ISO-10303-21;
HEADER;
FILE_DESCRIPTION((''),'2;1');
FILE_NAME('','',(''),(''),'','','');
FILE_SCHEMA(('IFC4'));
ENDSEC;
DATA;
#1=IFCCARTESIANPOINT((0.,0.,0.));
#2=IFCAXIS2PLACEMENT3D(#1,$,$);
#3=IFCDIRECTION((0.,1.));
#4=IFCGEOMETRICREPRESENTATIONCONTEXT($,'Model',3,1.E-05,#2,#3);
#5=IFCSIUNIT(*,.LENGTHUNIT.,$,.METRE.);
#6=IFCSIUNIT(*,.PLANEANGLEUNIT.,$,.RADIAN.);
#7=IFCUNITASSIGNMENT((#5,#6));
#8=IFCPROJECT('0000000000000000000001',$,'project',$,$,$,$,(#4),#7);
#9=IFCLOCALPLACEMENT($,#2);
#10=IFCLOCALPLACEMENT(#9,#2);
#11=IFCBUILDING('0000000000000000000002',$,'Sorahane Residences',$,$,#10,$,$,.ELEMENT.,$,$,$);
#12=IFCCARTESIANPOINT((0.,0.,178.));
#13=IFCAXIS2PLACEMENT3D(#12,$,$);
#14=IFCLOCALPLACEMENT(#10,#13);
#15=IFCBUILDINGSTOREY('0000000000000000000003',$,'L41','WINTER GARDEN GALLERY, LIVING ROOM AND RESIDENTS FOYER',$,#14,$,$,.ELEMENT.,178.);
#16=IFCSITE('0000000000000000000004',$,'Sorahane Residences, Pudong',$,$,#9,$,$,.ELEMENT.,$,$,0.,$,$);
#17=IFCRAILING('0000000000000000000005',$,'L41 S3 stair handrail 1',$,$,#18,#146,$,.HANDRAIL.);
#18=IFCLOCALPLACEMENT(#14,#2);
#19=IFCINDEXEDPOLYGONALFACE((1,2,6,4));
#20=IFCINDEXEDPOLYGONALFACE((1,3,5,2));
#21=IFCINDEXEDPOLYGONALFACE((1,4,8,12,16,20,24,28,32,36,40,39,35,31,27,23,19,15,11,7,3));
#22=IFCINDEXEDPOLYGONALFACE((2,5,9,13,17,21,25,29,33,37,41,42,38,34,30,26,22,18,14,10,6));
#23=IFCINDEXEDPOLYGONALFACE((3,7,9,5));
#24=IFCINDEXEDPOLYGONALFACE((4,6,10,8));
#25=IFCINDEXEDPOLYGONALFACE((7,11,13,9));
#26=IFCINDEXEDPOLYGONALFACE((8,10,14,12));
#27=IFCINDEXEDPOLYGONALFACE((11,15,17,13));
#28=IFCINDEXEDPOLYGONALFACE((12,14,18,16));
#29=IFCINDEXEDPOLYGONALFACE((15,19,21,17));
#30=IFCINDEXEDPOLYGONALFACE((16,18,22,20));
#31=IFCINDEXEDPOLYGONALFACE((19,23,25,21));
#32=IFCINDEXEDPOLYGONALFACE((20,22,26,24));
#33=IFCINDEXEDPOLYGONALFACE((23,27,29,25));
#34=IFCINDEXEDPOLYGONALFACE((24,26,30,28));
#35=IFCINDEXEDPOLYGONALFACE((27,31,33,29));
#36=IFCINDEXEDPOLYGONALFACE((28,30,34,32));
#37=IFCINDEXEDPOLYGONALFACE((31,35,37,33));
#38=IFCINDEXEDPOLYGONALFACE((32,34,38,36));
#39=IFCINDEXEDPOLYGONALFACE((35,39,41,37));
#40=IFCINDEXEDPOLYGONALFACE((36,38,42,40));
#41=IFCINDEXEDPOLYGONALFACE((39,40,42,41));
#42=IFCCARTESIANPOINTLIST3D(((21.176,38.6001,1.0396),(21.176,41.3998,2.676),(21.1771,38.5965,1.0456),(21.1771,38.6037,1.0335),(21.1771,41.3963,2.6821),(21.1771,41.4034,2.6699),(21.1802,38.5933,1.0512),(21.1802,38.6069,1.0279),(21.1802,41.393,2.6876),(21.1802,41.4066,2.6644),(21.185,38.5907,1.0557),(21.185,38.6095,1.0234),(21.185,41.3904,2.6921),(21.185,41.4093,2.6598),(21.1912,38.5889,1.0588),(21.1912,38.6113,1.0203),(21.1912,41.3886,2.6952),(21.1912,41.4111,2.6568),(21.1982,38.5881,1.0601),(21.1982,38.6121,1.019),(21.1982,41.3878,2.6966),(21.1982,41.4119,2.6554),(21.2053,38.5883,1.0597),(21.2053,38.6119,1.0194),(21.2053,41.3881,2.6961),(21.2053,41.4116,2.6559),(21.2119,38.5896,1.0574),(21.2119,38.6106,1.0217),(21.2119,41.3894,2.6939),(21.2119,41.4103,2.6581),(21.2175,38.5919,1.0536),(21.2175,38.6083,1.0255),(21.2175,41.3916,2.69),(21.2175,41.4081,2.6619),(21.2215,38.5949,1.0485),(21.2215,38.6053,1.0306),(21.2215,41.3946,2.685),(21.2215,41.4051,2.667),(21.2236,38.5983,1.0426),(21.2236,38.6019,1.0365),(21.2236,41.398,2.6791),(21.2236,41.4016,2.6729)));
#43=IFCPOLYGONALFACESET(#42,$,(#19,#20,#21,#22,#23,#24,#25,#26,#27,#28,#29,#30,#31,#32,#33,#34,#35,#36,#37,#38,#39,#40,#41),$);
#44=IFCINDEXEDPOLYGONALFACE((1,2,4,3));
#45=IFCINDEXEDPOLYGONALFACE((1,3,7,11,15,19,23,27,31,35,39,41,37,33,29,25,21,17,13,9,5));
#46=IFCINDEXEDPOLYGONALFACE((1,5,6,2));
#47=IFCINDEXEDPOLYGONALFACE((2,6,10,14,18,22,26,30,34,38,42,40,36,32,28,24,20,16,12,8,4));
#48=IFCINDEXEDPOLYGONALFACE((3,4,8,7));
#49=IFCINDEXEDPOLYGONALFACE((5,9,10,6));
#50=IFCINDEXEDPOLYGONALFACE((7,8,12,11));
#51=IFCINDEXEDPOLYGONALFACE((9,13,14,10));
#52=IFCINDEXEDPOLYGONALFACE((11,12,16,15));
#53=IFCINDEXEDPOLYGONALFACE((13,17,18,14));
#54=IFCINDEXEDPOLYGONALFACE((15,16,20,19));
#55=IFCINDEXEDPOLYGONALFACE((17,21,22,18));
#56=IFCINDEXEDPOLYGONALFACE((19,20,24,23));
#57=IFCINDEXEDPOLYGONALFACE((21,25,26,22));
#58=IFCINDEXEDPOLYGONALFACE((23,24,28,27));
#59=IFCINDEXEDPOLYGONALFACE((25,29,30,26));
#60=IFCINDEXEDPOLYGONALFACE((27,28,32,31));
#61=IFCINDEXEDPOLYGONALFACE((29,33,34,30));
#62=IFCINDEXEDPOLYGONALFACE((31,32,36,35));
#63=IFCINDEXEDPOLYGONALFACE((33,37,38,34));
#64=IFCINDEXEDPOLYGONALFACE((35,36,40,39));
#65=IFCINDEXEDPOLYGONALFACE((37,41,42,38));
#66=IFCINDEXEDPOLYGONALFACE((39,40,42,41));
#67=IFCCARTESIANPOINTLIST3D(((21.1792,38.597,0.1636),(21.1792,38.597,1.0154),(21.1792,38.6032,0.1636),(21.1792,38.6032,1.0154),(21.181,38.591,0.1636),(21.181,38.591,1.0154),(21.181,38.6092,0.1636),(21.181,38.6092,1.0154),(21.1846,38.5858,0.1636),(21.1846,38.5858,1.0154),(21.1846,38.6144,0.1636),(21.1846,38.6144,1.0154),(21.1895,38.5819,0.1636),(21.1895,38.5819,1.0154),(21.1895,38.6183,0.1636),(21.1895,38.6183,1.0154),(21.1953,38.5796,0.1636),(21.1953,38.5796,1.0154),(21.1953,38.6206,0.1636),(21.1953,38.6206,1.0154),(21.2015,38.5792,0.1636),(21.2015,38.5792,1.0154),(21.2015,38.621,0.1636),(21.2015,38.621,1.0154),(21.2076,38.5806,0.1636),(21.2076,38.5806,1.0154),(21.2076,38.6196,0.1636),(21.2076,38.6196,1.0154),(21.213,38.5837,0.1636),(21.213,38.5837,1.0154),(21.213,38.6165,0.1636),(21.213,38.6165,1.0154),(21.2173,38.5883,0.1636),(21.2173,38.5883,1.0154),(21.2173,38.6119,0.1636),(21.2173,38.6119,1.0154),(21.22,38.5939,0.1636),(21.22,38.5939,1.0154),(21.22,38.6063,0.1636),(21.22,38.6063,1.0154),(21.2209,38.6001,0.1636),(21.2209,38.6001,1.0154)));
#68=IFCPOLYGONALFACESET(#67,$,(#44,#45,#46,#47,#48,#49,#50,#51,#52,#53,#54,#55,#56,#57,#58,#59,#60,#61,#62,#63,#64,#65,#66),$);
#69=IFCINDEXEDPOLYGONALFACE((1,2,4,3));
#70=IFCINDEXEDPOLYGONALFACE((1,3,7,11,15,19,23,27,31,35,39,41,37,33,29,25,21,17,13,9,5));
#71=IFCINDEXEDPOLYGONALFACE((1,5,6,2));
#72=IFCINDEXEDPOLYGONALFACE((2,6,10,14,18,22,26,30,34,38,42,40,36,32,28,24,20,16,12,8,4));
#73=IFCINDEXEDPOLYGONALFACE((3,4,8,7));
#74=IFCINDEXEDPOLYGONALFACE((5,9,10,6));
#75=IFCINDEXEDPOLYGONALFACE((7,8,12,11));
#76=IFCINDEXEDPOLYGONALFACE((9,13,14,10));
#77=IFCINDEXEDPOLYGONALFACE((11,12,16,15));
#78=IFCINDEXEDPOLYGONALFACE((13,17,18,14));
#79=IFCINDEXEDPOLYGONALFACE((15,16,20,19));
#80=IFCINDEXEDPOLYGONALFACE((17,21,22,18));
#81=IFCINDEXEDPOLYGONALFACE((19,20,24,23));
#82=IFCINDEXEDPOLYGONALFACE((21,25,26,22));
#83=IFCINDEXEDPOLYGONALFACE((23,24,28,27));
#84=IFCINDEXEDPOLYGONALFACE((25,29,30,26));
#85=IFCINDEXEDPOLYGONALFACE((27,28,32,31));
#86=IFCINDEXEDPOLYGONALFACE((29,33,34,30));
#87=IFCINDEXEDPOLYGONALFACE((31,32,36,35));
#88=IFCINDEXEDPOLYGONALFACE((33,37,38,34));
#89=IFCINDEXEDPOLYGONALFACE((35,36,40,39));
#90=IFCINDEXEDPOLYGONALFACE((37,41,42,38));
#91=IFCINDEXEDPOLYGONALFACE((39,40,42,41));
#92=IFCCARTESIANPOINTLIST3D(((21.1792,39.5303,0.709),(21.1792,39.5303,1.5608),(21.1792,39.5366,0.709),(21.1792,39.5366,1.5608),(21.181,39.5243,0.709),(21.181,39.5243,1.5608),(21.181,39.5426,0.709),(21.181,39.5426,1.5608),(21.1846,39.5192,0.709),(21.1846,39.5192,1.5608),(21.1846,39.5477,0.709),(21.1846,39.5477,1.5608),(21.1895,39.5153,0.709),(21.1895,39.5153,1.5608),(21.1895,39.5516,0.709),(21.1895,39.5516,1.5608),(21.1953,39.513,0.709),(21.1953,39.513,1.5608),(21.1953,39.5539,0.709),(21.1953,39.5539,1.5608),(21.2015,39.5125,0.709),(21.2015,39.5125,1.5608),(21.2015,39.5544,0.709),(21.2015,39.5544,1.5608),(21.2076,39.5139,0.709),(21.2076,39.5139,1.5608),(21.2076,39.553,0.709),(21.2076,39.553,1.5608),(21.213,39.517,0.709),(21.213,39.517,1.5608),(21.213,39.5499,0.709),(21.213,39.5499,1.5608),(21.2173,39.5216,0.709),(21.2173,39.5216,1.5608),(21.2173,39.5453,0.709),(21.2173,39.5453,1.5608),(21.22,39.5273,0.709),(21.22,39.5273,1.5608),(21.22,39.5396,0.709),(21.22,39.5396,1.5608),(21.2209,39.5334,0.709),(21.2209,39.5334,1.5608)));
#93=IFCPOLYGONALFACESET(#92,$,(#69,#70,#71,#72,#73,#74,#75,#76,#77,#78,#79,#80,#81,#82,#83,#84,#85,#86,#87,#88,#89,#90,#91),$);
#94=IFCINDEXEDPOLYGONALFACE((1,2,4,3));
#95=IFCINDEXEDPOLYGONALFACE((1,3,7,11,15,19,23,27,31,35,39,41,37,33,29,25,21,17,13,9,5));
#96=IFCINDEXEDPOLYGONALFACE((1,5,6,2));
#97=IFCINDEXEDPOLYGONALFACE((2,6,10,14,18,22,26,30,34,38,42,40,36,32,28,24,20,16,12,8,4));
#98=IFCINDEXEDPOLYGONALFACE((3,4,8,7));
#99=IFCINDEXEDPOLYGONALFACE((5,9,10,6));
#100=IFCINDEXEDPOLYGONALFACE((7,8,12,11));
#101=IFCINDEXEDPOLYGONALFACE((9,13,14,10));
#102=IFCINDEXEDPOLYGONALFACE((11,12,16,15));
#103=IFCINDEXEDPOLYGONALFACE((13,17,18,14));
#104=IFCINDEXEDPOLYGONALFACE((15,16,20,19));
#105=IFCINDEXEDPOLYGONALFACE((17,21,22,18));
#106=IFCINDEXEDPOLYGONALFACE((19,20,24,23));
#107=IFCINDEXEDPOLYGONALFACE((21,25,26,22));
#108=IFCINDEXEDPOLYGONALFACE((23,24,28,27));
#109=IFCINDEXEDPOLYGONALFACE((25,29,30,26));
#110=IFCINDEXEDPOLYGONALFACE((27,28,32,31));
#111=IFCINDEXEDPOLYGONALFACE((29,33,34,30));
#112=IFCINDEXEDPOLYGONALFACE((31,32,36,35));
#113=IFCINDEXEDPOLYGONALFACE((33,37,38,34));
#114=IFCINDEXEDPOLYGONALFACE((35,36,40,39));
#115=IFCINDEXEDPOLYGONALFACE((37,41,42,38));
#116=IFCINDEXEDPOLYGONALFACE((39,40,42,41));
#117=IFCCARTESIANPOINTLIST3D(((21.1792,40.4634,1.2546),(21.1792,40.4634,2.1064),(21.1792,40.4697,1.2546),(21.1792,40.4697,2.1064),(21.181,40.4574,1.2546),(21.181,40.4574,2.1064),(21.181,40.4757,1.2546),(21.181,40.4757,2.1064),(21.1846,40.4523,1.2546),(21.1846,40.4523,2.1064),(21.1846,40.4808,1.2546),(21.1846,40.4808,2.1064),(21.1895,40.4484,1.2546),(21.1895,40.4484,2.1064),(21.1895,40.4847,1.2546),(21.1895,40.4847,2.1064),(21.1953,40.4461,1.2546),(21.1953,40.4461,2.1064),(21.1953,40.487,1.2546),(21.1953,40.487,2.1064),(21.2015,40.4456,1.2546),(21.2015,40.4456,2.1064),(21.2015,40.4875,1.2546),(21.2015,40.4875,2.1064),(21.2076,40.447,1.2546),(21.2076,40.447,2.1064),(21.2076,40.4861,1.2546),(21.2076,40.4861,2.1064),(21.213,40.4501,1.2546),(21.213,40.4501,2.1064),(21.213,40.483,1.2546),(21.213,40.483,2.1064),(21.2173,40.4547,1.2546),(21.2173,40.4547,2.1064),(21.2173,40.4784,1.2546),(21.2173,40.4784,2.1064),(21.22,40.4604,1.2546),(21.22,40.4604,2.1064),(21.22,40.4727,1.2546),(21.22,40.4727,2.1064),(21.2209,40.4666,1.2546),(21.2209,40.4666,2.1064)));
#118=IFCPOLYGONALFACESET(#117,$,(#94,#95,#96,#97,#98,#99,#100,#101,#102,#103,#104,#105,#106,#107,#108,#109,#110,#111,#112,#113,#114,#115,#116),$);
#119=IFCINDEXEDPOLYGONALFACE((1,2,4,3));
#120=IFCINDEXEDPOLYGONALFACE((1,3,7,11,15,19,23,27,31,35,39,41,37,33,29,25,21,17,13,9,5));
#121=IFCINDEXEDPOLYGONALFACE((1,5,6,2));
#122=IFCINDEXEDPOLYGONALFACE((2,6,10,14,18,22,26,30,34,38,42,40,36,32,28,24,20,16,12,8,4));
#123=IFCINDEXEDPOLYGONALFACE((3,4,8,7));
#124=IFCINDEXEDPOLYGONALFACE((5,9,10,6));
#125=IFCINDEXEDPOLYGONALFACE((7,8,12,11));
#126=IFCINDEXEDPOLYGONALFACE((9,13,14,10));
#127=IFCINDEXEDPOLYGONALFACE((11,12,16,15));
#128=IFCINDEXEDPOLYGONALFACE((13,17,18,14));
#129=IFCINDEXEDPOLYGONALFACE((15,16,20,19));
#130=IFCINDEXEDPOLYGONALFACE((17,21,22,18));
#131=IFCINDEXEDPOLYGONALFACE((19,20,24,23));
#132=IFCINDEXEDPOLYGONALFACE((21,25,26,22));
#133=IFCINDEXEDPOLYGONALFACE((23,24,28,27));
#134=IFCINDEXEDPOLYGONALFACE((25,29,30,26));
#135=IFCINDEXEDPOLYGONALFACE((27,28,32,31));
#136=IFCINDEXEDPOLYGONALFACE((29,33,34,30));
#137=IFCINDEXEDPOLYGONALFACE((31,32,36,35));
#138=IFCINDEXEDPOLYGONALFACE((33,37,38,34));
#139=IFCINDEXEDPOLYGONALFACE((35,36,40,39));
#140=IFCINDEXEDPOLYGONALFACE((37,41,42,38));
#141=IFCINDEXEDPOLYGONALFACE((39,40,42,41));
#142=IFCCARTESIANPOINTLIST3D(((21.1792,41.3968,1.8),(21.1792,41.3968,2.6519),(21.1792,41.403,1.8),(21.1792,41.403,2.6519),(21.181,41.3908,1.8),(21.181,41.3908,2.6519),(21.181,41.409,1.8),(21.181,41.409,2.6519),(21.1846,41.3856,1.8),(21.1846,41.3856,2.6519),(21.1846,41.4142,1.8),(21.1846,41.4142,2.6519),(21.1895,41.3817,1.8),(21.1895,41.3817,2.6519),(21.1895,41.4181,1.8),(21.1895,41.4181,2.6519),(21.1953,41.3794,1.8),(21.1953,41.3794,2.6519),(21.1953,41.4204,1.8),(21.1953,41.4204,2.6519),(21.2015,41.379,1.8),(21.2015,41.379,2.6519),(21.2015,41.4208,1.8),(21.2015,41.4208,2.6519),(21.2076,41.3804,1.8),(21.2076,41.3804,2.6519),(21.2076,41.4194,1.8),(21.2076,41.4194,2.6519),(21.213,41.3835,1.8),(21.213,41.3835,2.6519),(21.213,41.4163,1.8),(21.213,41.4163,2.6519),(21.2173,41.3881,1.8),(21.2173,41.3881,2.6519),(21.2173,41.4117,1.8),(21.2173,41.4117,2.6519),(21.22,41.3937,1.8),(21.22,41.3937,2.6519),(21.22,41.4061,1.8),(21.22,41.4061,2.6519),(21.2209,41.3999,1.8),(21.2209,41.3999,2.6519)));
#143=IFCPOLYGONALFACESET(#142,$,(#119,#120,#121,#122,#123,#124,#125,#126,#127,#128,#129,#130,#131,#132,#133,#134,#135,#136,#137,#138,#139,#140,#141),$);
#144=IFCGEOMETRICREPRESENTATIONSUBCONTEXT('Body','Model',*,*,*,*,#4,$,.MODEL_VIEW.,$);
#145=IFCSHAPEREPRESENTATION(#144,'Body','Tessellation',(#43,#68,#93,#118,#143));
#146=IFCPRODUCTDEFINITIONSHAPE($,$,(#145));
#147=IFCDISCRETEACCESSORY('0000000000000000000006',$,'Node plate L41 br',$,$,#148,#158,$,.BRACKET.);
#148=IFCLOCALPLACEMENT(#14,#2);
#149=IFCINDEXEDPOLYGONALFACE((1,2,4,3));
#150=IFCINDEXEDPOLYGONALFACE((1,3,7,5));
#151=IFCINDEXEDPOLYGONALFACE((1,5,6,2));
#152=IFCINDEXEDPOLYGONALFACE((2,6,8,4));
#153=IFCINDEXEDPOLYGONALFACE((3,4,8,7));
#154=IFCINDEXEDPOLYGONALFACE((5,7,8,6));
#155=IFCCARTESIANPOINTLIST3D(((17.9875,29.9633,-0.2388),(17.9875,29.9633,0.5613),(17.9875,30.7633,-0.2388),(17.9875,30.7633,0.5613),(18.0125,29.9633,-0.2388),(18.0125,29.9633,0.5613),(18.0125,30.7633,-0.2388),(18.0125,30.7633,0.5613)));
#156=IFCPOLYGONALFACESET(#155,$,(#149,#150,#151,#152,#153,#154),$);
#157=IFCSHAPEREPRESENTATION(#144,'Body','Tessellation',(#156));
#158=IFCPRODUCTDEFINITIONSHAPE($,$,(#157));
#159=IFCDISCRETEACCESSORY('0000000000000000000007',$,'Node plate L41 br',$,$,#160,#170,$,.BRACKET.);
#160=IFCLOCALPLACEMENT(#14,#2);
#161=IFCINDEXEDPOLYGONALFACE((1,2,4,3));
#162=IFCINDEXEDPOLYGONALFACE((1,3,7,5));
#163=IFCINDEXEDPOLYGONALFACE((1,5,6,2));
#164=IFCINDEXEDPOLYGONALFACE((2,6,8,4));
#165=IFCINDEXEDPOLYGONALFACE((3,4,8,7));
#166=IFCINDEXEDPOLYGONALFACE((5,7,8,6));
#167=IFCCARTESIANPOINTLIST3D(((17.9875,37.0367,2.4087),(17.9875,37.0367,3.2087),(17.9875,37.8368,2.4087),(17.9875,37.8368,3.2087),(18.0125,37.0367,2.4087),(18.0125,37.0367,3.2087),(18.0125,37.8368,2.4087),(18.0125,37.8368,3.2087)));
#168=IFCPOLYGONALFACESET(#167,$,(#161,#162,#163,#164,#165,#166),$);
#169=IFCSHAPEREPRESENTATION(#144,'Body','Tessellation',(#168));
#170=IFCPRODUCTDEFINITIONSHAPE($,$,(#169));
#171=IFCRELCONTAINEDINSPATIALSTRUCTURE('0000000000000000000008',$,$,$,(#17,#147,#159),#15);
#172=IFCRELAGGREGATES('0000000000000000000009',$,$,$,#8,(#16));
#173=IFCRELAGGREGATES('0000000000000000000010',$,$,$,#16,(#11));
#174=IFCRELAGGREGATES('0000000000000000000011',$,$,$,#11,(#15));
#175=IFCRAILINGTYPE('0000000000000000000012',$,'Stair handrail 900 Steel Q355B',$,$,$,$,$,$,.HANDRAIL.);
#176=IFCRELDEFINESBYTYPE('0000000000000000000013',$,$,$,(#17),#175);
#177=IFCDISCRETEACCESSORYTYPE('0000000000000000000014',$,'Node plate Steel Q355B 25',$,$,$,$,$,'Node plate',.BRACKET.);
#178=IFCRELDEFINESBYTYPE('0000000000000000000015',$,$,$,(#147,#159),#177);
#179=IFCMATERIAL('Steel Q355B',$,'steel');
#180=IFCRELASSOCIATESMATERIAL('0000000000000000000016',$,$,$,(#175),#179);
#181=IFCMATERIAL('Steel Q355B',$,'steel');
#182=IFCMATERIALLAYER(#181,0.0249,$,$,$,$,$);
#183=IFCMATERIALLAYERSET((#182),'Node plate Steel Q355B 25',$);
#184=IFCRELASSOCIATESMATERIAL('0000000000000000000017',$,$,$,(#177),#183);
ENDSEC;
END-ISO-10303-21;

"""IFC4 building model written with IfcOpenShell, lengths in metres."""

from ifc_helpers import new_model, si_unit, direction, frame, origin, origin_2d, place, context, subcontext, project, spatial, rectangle, circle, extrude, material, layer, layer_set, type_object, element, save


model = new_model("IFC4")

# Units and contexts
model_context = context("Model", 3, precision=1e-05, world=origin(), true_north=direction((0.0, 1.0)))
body_context = subcontext(model_context, "Body", "Model", "MODEL_VIEW")
ifc_project = project(units=[si_unit("LENGTHUNIT", "METRE"), si_unit("PLANEANGLEUNIT", "RADIAN")], contexts=[model_context])

# Site, building, storey
site_placement = place(None, origin())
site = spatial("IfcSite", under=ifc_project, at=site_placement, Name="Sorahane Residences, Pudong", CompositionType="ELEMENT", RefElevation=0.0)
building_placement = place(site_placement, origin())
building = spatial("IfcBuilding", under=site, at=building_placement, Name="Sorahane Residences", CompositionType="ELEMENT")
storey_placement = place(building_placement, frame((0.0, 0.0, 178.0)))
storey = spatial("IfcBuildingStorey", under=building, at=storey_placement, Name="L41", Description="WINTER GARDEN GALLERY, LIVING ROOM AND RESIDENTS FOYER", CompositionType="ELEMENT", Elevation=178.0)

# Railing
ifc_material_1 = material(Name="Steel Q355B", Category="steel")
railing_type_1 = type_object("IfcRailingType", Name="Stair handrail 900 Steel Q355B", PredefinedType="HANDRAIL", material=ifc_material_1)
for number, where, name in (
    (1, (21.2, 38.6001, 0.1636), "L41 S3 stair handrail 1"),
):
    element("IfcRailing", number, at=place(storey_placement, frame(where)), inside=storey, type_object=railing_type_1, Name=name, PredefinedType="HANDRAIL", context=body_context, shape_type="SweptSolid", body=[
        extrude(circle(Radius=0.0239, at=origin_2d()), frame((0.0, 0.0, 0.876), z_axis=(0.0, 0.863342, 0.50462), x_axis=(-1.0, 0.0, 0.0)), (0.0, 0.0, 1.0), 3.2429),
        extrude(circle(Radius=0.021, at=origin_2d()), origin(), (0.0, 0.0, 1.0), 0.8518),
        extrude(circle(Radius=0.021, at=origin_2d()), frame((0.0, 0.9333, 0.5454)), (0.0, 0.0, 1.0), 0.8518),
        extrude(circle(Radius=0.021, at=origin_2d()), frame((0.0, 1.8665, 1.0911)), (0.0, 0.0, 1.0), 0.8518),
        extrude(circle(Radius=0.021, at=origin_2d()), frame((0.0, 2.7998, 1.6365)), (0.0, 0.0, 1.0), 0.8518),
    ])

# Discrete accessories
ifc_material_2 = material(Name="Steel Q355B", Category="steel")
ifc_layer_1 = layer(ifc_material_2, 0.0249)
ifc_layer_set_1 = layer_set([ifc_layer_1], Name="Node plate Steel Q355B 25")
discrete_accessory_type = type_object("IfcDiscreteAccessoryType", Name="Node plate Steel Q355B 25", ElementType="Node plate", PredefinedType="BRACKET", material=ifc_layer_set_1)
for number, where, z_axis, x_axis, name in (
    (2, (18.0, 30.3633, -0.2388), (0.0, 0.0, 1.0), (0.0, 1.0, 0.0), "Node plate L41 br"),
    (3, (18.0, 37.4368, 2.4087), (0.0, 0.0, 1.0), (0.0, 1.0, 0.0), "Node plate L41 br"),
):
    element("IfcDiscreteAccessory", number, at=place(storey_placement, frame(where, z_axis=z_axis, x_axis=x_axis)), inside=storey, type_object=discrete_accessory_type, Name=name, PredefinedType="BRACKET", context=body_context, shape_type="SweptSolid", body=[
        extrude(rectangle(XDim=0.8, YDim=0.0249, at=origin_2d()), origin(), (0.0, 0.0, 1.0), 0.8),
    ])

save(model, "model.ifc")
